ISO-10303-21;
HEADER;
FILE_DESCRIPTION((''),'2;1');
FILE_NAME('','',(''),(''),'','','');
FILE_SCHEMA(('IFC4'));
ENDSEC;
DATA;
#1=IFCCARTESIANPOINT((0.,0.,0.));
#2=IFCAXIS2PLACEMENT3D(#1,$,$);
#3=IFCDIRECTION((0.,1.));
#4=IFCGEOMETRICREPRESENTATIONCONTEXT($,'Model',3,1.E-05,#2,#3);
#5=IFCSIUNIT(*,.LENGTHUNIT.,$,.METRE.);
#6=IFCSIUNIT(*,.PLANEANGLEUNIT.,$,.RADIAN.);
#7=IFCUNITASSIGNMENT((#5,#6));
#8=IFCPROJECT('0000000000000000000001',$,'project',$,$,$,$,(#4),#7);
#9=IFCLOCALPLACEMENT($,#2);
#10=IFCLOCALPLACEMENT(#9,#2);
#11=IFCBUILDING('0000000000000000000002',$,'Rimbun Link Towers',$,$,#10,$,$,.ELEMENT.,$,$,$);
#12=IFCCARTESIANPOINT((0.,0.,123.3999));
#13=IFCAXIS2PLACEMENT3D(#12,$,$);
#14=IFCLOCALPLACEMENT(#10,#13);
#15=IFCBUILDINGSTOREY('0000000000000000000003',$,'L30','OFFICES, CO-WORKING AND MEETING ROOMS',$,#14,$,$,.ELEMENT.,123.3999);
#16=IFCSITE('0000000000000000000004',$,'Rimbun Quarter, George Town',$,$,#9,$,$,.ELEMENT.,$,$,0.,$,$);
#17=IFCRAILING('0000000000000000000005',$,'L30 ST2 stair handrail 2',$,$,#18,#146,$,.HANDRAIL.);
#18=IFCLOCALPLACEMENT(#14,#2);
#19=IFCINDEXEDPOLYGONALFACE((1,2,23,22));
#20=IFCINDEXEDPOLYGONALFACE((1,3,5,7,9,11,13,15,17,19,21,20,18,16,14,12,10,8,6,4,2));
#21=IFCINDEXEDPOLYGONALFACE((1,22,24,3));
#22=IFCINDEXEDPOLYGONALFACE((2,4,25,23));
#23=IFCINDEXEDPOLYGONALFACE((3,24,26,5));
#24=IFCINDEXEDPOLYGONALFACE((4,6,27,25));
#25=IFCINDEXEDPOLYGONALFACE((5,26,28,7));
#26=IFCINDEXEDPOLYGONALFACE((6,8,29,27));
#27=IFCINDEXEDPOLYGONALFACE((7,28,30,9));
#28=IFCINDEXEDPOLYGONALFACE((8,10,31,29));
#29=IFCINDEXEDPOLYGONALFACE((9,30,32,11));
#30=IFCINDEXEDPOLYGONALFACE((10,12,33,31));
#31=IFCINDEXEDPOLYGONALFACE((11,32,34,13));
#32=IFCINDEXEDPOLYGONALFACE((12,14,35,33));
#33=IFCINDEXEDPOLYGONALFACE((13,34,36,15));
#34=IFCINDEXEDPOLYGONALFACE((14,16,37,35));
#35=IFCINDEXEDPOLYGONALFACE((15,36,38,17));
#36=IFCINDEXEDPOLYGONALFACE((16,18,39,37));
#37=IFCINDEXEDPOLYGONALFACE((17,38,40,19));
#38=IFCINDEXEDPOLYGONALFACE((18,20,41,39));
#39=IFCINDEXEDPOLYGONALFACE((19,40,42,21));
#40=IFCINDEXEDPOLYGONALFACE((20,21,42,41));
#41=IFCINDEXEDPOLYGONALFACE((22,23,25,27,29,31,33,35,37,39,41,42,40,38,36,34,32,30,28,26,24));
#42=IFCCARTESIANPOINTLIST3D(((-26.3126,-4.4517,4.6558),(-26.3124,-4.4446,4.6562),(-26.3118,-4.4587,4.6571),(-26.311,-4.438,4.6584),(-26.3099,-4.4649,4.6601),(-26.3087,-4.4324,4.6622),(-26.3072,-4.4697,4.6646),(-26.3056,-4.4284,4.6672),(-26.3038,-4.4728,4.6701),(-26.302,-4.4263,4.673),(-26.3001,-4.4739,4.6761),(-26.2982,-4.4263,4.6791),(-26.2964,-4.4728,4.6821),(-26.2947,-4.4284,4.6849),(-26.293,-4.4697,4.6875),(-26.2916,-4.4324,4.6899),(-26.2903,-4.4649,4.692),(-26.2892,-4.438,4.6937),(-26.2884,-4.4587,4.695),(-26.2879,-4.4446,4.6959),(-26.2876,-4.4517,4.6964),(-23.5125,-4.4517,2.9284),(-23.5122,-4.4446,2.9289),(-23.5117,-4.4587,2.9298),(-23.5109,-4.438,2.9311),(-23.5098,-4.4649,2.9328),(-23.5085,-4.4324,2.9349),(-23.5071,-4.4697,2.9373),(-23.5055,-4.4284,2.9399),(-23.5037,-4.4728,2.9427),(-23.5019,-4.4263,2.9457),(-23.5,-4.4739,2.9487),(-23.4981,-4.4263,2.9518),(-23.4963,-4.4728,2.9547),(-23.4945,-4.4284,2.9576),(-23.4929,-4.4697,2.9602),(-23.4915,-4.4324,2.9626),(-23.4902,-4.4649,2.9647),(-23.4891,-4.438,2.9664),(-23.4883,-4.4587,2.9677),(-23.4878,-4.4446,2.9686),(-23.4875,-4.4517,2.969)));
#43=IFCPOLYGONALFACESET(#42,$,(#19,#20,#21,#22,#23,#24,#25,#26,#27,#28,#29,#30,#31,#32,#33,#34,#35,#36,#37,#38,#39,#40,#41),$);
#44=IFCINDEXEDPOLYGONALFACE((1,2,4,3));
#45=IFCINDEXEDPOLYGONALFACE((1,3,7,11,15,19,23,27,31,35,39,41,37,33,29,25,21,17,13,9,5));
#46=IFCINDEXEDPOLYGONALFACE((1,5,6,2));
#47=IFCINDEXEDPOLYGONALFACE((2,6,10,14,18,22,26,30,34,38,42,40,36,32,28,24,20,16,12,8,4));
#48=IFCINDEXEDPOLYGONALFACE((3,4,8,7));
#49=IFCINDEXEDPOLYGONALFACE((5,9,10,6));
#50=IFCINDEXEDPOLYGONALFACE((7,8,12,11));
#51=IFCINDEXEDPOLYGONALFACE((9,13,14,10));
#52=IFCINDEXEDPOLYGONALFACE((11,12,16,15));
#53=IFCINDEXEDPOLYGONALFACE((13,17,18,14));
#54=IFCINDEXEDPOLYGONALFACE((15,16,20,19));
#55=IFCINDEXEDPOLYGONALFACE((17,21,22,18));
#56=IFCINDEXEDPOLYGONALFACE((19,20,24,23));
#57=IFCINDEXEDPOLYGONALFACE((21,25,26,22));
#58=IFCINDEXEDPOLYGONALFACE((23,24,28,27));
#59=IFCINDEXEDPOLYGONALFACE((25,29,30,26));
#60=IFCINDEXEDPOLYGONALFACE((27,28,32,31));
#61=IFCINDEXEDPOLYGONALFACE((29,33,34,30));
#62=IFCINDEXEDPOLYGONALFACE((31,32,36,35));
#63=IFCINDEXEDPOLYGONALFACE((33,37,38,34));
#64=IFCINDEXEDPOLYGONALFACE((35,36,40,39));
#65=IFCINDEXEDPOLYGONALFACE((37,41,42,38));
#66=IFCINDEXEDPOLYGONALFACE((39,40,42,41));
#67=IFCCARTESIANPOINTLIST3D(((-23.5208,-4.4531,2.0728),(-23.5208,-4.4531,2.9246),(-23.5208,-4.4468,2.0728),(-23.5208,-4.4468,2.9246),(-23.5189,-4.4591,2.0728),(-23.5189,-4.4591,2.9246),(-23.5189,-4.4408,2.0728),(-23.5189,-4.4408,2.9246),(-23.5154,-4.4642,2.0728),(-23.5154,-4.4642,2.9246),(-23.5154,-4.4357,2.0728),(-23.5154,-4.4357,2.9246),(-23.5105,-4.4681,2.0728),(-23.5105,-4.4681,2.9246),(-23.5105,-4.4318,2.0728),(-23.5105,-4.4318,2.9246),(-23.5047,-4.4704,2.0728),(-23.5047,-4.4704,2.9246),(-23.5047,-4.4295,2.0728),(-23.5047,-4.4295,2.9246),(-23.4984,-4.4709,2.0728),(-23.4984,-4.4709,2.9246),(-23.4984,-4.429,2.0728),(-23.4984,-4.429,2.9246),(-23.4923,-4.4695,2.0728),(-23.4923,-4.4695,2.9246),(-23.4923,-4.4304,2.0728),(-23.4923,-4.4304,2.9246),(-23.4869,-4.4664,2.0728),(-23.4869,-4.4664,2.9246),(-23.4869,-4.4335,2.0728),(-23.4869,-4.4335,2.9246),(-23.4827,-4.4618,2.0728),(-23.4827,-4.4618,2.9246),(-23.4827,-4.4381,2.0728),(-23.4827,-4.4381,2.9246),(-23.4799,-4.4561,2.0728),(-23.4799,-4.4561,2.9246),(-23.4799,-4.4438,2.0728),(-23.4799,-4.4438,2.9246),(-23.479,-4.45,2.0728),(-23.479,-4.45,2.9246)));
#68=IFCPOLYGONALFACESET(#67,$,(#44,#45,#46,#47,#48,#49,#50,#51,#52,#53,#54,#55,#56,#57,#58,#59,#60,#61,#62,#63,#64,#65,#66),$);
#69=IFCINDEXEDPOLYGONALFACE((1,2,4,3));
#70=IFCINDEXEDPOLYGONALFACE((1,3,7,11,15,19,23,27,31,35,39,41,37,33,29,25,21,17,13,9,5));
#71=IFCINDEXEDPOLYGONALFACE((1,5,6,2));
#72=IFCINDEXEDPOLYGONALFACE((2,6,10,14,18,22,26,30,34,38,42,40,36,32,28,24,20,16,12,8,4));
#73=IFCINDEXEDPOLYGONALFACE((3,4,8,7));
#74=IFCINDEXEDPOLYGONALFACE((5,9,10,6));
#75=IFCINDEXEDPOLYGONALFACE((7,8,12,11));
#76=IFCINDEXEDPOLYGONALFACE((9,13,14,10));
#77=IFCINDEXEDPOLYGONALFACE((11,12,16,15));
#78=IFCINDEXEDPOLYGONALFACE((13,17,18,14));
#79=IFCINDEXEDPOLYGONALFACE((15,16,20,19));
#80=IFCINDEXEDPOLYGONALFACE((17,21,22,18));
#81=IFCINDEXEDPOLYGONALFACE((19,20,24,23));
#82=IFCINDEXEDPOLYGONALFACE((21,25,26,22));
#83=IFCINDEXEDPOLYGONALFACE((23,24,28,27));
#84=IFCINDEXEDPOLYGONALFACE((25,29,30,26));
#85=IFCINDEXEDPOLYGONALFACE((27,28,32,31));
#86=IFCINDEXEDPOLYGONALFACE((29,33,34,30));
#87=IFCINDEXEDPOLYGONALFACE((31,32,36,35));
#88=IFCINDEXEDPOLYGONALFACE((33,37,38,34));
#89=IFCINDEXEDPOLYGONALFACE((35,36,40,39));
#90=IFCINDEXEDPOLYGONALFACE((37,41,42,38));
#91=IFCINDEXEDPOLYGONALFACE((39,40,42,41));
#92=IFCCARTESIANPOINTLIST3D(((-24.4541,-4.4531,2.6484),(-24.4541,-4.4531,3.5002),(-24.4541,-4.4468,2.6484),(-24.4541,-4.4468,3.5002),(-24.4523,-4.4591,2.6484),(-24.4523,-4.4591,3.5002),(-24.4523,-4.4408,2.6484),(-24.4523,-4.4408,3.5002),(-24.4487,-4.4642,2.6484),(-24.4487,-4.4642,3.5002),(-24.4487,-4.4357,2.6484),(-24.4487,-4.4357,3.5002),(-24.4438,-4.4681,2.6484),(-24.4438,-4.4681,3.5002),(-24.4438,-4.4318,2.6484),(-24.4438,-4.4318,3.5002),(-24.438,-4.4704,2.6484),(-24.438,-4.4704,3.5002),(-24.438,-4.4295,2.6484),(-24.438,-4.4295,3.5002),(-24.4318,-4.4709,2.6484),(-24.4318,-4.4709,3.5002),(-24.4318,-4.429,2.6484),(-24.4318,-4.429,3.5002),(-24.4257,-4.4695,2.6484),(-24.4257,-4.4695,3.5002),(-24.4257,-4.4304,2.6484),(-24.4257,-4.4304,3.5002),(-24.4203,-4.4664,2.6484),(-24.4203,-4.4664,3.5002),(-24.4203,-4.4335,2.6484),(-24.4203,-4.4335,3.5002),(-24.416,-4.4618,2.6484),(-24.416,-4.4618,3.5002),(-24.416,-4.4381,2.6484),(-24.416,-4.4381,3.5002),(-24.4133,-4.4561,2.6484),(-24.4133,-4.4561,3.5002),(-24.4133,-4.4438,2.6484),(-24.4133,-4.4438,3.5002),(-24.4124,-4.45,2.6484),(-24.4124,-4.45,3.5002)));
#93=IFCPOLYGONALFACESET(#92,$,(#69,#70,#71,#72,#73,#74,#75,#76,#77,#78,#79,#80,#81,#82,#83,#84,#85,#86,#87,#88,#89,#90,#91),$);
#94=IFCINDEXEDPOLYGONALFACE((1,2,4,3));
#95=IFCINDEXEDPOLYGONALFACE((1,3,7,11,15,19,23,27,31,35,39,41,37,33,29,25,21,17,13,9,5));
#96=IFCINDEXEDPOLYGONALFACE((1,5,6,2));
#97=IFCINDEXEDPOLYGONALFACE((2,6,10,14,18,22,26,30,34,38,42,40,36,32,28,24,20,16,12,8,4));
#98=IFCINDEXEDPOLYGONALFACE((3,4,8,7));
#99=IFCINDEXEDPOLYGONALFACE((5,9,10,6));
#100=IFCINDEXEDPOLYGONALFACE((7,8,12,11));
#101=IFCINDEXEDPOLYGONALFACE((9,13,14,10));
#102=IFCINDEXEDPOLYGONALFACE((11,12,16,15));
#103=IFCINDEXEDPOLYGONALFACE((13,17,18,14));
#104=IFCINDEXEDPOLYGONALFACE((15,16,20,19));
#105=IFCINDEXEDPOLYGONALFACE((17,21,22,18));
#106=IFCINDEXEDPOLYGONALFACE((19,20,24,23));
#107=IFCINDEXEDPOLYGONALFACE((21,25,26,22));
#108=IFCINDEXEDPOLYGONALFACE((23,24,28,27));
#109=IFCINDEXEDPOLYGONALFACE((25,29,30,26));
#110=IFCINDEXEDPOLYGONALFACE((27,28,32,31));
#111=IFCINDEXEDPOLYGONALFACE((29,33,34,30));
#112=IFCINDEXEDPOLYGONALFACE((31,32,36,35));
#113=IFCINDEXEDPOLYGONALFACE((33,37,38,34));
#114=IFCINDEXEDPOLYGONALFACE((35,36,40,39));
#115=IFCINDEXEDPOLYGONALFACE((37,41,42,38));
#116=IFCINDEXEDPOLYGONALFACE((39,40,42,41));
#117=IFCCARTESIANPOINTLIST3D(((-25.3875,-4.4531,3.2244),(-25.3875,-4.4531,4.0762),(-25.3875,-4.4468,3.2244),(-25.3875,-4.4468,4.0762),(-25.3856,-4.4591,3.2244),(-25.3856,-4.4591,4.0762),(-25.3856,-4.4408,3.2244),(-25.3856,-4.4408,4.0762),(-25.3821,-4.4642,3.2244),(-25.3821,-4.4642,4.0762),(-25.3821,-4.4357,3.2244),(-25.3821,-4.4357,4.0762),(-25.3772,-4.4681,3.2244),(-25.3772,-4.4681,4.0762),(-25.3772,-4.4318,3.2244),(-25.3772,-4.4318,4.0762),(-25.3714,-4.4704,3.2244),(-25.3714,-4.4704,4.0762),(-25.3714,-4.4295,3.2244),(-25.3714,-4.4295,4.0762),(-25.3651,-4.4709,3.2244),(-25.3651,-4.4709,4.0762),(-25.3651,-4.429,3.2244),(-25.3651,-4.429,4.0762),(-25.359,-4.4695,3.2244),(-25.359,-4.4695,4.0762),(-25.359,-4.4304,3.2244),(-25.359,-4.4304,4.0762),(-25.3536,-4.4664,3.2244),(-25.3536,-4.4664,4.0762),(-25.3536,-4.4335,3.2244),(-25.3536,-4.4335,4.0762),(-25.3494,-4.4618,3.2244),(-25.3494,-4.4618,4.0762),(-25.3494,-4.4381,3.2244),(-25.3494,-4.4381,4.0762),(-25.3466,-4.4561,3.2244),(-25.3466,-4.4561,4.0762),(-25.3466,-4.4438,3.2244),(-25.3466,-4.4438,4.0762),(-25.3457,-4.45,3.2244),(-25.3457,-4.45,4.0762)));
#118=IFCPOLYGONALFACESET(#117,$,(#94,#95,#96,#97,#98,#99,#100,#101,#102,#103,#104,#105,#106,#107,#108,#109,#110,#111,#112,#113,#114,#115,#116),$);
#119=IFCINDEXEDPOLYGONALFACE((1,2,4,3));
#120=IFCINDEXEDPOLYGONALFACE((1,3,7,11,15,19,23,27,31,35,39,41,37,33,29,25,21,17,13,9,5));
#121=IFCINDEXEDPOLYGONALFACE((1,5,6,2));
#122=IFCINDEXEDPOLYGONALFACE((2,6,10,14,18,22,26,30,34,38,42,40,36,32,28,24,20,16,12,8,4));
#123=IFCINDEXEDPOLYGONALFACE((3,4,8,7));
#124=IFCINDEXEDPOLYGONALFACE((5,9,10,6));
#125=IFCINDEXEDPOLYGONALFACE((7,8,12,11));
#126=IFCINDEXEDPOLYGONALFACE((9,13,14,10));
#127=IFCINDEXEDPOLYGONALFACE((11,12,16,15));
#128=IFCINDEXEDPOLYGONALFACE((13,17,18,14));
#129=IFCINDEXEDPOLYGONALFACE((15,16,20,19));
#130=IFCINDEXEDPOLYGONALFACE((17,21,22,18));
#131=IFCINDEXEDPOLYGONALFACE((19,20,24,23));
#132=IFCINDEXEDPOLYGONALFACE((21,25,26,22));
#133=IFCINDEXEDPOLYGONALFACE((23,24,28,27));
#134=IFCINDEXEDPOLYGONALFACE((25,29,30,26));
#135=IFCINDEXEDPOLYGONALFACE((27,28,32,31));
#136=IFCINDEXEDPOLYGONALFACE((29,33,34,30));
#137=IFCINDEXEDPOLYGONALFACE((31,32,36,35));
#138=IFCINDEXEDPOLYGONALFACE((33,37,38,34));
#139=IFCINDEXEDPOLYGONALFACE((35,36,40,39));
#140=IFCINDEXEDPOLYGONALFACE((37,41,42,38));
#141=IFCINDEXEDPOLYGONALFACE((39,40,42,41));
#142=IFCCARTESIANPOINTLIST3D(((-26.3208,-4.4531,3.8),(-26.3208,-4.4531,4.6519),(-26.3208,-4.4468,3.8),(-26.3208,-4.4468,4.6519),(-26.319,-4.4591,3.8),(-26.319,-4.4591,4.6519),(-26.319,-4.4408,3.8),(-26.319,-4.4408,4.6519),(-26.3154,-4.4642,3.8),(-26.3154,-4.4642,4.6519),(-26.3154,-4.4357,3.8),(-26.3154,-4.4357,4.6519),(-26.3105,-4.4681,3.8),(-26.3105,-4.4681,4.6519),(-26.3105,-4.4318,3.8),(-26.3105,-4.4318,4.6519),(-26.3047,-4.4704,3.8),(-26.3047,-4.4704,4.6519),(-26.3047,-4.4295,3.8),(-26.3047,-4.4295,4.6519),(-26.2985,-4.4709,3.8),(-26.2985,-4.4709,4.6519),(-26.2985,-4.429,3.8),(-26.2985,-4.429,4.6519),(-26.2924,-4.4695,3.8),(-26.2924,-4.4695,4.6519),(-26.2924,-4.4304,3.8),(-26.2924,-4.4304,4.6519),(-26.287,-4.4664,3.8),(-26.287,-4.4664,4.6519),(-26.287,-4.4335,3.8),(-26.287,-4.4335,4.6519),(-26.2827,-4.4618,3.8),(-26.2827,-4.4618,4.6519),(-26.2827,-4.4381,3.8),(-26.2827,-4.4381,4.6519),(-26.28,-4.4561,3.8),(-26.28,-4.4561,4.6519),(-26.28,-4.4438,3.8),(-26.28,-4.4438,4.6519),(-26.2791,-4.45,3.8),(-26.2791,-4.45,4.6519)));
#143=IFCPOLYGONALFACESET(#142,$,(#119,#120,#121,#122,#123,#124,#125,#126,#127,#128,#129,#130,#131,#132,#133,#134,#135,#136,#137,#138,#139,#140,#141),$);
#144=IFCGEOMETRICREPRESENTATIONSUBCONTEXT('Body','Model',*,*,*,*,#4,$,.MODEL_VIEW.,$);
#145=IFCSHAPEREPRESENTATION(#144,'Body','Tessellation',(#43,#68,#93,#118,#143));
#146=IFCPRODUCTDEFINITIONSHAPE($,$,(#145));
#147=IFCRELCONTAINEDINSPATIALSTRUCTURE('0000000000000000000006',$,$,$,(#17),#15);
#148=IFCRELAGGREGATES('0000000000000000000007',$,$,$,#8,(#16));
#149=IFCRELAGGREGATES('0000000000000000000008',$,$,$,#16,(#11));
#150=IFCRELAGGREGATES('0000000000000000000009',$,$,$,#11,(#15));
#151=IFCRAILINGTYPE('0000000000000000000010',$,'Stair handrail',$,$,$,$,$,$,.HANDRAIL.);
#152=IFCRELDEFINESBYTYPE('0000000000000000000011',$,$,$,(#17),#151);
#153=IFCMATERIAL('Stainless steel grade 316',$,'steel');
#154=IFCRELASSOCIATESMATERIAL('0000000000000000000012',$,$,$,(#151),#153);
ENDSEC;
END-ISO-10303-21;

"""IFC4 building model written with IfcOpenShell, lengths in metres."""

from ifc_helpers import new_model, si_unit, direction, frame, origin, origin_2d, place, context, subcontext, project, spatial, circle, extrude, material, type_object, element, save


model = new_model("IFC4")

# Units and contexts
model_context = context("Model", 3, precision=1e-05, world=origin(), true_north=direction((0.0, 1.0)))
body_context = subcontext(model_context, "Body", "Model", "MODEL_VIEW")
ifc_project = project(units=[si_unit("LENGTHUNIT", "METRE"), si_unit("PLANEANGLEUNIT", "RADIAN")], contexts=[model_context])

# Site, building, storey
site_placement = place(None, origin())
site = spatial("IfcSite", under=ifc_project, at=site_placement, Name="Rimbun Quarter, George Town", CompositionType="ELEMENT", RefElevation=0.0)
building_placement = place(site_placement, origin())
building = spatial("IfcBuilding", under=site, at=building_placement, Name="Rimbun Link Towers", CompositionType="ELEMENT")
storey_placement = place(building_placement, frame((0.0, 0.0, 123.3999)))
storey = spatial("IfcBuildingStorey", under=building, at=storey_placement, Name="L30", Description="OFFICES, CO-WORKING AND MEETING ROOMS", CompositionType="ELEMENT", Elevation=123.3999)

# Railing
ifc_material_1 = material(Name="Stainless steel grade 316", Category="steel")
railing_type_1 = type_object("IfcRailingType", Name="Stair handrail", PredefinedType="HANDRAIL", material=ifc_material_1)
railing_1_placement = place(storey_placement, frame((-23.5, -4.45, 2.0728)))
element("IfcRailing", 1, at=railing_1_placement, inside=storey, type_object=railing_type_1, Name="L30 ST2 stair handrail 2", PredefinedType="HANDRAIL", context=body_context, shape_type="SweptSolid", body=[
    extrude(circle(Radius=0.0239, at=origin_2d()), frame((0.0, 0.0, 0.876), z_axis=(-0.85109, 0.0, 0.52502), x_axis=(0.0, -1.0, 0.0)), (0.0, 0.0, 1.0), 3.29),
    extrude(circle(Radius=0.021, at=origin_2d()), origin(), (0.0, 0.0, 1.0), 0.8518),
    extrude(circle(Radius=0.021, at=origin_2d()), frame((-0.9333, 0.0, 0.5757)), (0.0, 0.0, 1.0), 0.8518),
    extrude(circle(Radius=0.021, at=origin_2d()), frame((-1.8667, 0.0, 1.1516)), (0.0, 0.0, 1.0), 0.8518),
    extrude(circle(Radius=0.021, at=origin_2d()), frame((-2.8, 0.0, 1.7273)), (0.0, 0.0, 1.0), 0.8518),
])

save(model, "model.ifc")
